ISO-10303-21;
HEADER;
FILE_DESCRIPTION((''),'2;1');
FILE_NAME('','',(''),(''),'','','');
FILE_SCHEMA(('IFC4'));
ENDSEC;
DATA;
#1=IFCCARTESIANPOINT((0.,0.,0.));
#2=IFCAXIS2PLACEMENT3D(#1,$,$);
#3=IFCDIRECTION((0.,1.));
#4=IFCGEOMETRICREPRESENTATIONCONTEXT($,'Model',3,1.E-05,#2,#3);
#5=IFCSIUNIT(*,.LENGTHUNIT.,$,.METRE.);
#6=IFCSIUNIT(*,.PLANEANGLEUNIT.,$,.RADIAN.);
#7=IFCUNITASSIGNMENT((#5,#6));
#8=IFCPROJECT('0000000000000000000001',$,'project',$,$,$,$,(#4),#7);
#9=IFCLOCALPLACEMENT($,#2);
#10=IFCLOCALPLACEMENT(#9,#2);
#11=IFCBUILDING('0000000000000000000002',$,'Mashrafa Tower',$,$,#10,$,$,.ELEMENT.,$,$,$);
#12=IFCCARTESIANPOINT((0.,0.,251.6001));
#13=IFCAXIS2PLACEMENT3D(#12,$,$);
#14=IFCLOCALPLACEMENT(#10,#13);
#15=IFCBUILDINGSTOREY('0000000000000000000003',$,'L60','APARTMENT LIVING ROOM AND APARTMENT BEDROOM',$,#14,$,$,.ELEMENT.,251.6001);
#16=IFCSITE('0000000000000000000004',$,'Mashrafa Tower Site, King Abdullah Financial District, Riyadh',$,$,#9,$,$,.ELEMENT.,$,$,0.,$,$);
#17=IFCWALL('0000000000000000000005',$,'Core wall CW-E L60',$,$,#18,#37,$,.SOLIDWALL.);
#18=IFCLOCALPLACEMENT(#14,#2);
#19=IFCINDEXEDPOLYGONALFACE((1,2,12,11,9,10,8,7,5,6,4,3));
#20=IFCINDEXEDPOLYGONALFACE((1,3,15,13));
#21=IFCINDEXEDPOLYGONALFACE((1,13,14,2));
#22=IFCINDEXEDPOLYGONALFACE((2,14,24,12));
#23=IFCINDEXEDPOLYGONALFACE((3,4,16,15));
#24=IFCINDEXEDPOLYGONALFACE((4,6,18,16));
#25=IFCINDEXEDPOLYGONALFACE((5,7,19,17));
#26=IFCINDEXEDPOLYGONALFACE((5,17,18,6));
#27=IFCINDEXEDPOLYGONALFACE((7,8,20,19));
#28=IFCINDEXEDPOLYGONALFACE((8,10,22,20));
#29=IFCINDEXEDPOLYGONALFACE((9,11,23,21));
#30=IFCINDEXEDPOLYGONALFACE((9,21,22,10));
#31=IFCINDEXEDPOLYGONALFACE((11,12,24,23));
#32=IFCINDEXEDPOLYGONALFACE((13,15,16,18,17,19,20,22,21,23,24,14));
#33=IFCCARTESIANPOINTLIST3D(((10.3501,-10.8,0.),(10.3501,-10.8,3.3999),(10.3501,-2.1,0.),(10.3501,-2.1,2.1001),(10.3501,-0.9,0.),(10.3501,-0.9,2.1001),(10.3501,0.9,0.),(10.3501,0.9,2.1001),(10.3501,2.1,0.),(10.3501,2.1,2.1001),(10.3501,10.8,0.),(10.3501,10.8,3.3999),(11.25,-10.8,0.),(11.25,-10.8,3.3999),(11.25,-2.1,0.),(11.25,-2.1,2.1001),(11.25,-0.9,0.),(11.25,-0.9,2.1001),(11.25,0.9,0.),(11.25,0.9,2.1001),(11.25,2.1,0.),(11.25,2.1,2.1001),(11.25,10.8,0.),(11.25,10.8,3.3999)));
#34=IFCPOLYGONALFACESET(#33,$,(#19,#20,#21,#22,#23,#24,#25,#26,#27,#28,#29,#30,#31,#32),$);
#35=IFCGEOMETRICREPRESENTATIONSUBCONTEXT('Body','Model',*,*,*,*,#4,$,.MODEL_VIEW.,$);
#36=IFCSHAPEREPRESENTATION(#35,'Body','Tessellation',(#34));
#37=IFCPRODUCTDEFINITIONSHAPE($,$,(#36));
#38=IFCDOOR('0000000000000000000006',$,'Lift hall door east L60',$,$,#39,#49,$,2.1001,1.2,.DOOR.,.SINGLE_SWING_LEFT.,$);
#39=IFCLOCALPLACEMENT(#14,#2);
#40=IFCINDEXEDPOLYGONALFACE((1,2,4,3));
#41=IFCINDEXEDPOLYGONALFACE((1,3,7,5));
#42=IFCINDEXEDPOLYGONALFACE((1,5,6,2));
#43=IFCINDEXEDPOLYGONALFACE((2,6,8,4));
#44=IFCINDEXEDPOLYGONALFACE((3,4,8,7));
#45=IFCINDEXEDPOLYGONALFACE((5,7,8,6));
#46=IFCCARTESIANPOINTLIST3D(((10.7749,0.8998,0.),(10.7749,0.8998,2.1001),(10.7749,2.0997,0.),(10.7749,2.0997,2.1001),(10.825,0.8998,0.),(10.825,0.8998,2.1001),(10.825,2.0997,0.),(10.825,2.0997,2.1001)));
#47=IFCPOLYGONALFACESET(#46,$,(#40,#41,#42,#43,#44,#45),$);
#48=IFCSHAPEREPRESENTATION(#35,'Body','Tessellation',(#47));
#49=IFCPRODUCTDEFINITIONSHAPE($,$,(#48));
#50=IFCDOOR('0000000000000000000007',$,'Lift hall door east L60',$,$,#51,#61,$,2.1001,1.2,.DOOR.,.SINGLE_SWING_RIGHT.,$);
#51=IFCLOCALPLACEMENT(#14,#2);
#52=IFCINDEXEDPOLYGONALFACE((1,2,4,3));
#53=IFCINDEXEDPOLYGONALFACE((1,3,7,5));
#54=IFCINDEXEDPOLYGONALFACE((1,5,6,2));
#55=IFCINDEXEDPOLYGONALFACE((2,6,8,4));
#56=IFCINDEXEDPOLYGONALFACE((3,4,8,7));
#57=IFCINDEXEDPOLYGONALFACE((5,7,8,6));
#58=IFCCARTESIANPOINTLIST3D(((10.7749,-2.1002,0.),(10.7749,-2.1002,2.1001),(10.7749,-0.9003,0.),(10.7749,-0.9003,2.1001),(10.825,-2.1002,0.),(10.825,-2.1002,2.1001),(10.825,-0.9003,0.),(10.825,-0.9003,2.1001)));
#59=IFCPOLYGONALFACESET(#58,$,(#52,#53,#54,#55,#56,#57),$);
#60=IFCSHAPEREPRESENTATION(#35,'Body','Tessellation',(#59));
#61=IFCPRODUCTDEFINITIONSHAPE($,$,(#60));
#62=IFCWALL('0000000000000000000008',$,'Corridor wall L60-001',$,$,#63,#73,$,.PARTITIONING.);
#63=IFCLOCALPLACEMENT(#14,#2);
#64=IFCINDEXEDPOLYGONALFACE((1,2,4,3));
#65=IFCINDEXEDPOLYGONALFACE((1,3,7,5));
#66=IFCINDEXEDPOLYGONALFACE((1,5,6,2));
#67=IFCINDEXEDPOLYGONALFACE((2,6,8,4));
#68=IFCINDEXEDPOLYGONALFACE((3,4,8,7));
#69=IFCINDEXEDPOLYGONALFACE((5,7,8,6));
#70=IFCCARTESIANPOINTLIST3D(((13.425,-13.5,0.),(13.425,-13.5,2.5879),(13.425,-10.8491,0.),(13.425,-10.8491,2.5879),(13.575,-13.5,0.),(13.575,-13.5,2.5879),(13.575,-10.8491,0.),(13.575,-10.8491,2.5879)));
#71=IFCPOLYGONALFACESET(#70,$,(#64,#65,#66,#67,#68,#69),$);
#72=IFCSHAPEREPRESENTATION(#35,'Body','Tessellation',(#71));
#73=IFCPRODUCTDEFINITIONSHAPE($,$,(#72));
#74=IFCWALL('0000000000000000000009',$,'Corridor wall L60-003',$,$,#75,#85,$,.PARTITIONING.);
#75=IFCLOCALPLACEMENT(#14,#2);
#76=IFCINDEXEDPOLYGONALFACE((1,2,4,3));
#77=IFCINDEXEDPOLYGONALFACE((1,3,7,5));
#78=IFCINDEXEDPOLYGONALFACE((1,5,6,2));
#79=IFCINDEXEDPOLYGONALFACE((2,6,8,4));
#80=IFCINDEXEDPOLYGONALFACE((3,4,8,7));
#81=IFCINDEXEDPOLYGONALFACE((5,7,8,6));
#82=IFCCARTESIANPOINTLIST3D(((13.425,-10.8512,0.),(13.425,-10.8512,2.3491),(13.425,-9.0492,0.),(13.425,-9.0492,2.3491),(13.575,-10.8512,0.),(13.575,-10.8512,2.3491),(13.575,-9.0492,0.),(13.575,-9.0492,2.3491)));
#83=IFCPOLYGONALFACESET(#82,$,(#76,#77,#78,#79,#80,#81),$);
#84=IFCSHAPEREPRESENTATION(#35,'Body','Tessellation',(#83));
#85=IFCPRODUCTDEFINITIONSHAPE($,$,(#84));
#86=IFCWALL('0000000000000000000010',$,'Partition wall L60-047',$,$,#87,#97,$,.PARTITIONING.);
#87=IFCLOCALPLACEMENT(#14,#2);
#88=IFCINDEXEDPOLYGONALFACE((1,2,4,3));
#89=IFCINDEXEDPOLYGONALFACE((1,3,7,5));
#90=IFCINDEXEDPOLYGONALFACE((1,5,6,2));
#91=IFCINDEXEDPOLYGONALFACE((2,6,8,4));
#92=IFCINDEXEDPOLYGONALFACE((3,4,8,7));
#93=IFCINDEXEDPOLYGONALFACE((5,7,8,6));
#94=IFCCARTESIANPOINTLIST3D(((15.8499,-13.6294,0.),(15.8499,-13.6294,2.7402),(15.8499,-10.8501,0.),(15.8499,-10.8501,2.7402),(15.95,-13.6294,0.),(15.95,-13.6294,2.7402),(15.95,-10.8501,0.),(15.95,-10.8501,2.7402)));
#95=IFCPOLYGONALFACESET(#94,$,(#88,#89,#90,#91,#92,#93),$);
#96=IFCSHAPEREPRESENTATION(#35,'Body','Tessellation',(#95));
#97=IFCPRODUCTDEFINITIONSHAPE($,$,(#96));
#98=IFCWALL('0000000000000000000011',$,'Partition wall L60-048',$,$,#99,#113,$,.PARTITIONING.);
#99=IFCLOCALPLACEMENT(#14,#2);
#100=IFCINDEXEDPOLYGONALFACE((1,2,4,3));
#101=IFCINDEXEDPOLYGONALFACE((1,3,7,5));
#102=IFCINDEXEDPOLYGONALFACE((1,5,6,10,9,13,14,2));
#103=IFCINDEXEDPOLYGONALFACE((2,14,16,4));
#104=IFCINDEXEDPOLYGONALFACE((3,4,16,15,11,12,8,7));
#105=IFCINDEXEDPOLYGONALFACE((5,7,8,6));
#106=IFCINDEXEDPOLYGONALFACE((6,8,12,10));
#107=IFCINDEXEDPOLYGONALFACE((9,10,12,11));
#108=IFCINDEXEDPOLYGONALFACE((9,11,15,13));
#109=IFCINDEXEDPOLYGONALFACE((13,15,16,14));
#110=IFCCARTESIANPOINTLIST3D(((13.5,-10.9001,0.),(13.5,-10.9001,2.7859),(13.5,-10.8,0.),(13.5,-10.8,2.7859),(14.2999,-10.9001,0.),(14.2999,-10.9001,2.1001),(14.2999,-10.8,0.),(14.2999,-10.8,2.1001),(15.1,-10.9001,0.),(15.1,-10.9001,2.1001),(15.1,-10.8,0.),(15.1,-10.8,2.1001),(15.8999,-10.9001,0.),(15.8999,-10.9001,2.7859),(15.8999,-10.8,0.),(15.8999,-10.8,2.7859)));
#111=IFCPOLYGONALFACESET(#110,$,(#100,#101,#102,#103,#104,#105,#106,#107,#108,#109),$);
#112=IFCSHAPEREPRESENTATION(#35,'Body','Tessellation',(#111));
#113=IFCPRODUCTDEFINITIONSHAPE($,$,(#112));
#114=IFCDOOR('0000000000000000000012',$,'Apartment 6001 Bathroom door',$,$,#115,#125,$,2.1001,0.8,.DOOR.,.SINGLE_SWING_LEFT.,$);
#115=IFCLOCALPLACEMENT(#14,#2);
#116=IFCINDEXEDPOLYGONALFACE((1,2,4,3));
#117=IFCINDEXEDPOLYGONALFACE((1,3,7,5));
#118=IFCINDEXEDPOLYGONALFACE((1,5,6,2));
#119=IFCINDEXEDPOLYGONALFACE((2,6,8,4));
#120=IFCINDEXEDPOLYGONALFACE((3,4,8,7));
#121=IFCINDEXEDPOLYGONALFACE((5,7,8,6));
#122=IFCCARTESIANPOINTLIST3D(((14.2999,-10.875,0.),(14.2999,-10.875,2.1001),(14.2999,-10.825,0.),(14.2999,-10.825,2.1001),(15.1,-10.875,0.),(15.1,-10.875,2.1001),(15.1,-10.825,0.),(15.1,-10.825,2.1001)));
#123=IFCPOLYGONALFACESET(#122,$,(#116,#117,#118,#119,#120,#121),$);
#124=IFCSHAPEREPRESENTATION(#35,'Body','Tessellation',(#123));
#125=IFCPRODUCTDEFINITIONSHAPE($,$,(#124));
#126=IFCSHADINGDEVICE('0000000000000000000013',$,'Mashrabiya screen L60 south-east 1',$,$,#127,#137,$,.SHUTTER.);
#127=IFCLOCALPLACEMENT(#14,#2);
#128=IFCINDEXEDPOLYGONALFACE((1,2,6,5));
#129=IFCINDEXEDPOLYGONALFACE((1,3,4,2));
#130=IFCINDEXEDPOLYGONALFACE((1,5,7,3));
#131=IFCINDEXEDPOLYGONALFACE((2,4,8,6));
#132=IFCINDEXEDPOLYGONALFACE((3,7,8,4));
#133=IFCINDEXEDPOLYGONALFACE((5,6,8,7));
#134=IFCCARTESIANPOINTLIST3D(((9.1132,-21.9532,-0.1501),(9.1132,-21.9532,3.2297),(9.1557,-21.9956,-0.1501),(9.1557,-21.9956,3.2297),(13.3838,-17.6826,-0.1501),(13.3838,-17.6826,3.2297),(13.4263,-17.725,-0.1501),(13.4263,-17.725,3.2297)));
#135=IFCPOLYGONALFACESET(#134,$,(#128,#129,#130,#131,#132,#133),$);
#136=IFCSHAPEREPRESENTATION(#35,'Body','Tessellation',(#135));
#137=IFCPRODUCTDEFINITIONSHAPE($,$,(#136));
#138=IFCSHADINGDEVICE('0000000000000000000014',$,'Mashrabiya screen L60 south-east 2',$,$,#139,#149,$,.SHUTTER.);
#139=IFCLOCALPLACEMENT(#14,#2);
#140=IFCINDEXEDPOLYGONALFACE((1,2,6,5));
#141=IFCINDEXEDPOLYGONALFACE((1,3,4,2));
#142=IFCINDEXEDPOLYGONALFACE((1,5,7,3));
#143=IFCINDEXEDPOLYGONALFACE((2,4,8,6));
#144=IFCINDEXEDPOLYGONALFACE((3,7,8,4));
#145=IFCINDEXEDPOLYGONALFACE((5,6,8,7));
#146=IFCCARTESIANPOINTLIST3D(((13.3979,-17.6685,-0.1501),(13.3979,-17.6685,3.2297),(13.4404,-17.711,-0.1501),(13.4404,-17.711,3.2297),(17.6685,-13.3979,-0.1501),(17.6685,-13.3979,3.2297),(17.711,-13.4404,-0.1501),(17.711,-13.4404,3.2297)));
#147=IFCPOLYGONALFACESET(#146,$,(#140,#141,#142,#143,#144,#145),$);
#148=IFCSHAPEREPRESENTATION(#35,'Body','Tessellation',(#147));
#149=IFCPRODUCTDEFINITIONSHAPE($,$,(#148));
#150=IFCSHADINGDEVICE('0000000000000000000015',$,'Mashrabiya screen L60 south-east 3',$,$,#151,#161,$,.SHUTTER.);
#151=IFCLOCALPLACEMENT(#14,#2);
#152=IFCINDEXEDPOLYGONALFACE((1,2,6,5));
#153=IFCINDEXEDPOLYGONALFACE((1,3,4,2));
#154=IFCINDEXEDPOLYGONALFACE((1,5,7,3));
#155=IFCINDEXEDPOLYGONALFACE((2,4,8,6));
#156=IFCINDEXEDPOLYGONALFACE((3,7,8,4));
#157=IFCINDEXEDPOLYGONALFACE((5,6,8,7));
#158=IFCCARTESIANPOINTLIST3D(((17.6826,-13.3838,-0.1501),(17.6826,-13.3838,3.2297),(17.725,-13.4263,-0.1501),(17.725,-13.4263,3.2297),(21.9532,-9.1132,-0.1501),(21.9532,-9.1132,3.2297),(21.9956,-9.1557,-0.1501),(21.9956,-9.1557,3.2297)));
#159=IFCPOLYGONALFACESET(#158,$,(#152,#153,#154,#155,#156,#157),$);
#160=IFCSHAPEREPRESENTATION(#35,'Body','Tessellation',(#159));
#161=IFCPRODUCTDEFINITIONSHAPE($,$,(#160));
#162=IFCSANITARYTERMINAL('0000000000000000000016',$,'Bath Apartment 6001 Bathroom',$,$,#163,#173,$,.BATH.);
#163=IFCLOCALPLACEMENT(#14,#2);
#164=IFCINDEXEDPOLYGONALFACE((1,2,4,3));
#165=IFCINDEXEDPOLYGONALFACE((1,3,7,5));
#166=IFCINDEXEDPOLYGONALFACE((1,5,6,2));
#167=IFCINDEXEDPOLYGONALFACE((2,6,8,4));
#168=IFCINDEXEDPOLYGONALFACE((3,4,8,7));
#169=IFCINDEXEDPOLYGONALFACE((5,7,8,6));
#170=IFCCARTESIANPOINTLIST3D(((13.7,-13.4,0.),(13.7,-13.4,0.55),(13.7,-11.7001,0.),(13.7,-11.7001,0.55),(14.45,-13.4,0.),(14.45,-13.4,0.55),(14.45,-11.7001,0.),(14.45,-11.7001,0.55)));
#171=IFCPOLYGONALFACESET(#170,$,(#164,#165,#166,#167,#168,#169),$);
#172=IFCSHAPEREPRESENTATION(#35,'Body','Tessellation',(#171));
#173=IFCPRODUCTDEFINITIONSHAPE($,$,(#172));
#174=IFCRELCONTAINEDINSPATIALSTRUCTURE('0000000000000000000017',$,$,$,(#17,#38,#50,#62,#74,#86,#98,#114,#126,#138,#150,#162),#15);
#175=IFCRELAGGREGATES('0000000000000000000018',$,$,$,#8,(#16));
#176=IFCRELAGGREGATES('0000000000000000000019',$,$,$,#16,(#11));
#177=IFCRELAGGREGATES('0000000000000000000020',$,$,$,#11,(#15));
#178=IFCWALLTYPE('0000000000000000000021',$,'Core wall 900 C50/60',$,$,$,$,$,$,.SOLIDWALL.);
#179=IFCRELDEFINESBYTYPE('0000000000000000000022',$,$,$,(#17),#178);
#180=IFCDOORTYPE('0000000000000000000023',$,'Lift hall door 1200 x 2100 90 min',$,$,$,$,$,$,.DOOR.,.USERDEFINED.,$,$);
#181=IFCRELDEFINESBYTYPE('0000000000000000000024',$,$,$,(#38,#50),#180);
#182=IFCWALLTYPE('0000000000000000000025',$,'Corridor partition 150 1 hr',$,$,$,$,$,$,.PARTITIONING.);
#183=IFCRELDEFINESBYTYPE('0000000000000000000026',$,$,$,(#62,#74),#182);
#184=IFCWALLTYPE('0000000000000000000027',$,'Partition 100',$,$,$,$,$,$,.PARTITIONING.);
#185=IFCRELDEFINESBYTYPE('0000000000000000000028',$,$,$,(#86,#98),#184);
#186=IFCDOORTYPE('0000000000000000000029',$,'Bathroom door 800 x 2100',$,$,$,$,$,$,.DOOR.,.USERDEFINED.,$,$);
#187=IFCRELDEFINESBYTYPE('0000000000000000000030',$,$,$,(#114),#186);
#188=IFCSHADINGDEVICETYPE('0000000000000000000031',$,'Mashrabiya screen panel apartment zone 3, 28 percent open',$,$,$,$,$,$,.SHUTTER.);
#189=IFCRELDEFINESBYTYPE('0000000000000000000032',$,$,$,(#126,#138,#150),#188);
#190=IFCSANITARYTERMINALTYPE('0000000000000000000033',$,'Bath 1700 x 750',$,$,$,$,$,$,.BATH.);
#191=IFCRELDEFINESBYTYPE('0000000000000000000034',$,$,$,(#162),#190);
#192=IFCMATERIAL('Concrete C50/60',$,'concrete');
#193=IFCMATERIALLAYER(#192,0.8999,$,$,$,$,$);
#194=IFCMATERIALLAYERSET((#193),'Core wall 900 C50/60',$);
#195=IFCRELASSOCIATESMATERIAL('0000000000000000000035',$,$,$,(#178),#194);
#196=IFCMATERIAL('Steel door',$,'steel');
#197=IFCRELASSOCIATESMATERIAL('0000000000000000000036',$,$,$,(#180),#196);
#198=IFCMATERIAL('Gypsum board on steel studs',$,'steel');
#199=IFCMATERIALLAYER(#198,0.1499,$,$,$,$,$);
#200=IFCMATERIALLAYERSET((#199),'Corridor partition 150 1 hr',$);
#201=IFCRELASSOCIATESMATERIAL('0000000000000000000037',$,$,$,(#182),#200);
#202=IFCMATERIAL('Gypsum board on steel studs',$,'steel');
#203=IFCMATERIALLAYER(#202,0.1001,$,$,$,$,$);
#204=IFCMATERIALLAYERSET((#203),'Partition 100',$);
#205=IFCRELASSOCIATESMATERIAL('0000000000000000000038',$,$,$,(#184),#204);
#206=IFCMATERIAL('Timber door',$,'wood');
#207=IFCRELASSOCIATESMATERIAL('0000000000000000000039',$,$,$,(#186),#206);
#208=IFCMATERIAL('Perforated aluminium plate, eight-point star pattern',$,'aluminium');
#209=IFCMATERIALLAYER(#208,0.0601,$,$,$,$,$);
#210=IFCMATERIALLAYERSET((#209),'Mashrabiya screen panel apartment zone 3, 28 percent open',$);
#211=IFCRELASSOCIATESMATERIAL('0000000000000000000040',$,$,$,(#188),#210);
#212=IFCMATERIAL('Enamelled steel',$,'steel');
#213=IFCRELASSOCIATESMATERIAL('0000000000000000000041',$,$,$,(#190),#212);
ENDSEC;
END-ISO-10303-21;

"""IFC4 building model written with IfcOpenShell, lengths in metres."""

from ifc_helpers import new_model, si_unit, direction, frame, frame_2d, origin, origin_2d, place, context, subcontext, project, spatial, rectangle, extrude, source, transform, mapped, material, layer, layer_set, type_object, type_shapes, element, fill, save


model = new_model("IFC4")

# Units and contexts
model_context = context("Model", 3, precision=1e-05, world=origin(), true_north=direction((0.0, 1.0)))
body_context = subcontext(model_context, "Body", "Model", "MODEL_VIEW")
ifc_project = project(units=[si_unit("LENGTHUNIT", "METRE"), si_unit("PLANEANGLEUNIT", "RADIAN")], contexts=[model_context])

# Site, building, storey
site_placement = place(None, origin())
site = spatial("IfcSite", under=ifc_project, at=site_placement, Name="Mashrafa Tower Site, King Abdullah Financial District, Riyadh", CompositionType="ELEMENT", RefElevation=0.0)
building_placement = place(site_placement, origin())
building = spatial("IfcBuilding", under=site, at=building_placement, Name="Mashrafa Tower", CompositionType="ELEMENT")
storey_placement = place(building_placement, frame((0.0, 0.0, 251.6001)))
storey = spatial("IfcBuildingStorey", under=building, at=storey_placement, Name="L60", Description="APARTMENT LIVING ROOM AND APARTMENT BEDROOM", CompositionType="ELEMENT", Elevation=251.6001)

# Wall, openings, doors
ifc_material_1 = material(Name="Concrete C50/60", Category="concrete")
ifc_layer_1 = layer(ifc_material_1, 0.8999)
ifc_layer_set_1 = layer_set([ifc_layer_1], Name="Core wall 900 C50/60")
wall_type_1 = type_object("IfcWallType", Name="Core wall 900 C50/60", PredefinedType="SOLIDWALL", material=ifc_layer_set_1)
wall_1_placement = place(storey_placement, frame((10.8, -10.8, 0.0), z_axis=(0.0, 0.0, 1.0), x_axis=(0.0, 1.0, 0.0)))
wall_1 = element("IfcWall", 1, at=wall_1_placement, inside=storey, type_object=wall_type_1, Name="Core wall CW-E L60", PredefinedType="SOLIDWALL", context=body_context, shape_type="SweptSolid", body=[
    extrude(rectangle(XDim=21.6001, YDim=0.8999, at=frame_2d((10.8, 0.0))), origin(), (0.0, 0.0, 1.0), 3.3999),
])
opening_1_placement = place(wall_1_placement, frame((11.7, 0.0, 0.0)))
opening_1 = element("IfcOpeningElement", 2, at=opening_1_placement, cuts=wall_1, PredefinedType="OPENING", context=body_context, shape_type="SweptSolid", body=[
    extrude(rectangle(XDim=1.2, YDim=2.1001, at=frame_2d((0.6001, 1.05))), frame((0.0, 0.46, 0.0), z_axis=(0.0, -1.0, 0.0), x_axis=(1.0, 0.0, 0.0)), (0.0, 0.0, 1.0), 0.9199),
])
opening_2_placement = place(wall_1_placement, frame((8.7, 0.0, 0.0)))
opening_2 = element("IfcOpeningElement", 3, at=opening_2_placement, cuts=wall_1, PredefinedType="OPENING", context=body_context, shape_type="SweptSolid", body=[
    extrude(rectangle(XDim=1.2, YDim=2.1001, at=frame_2d((0.6001, 1.05))), frame((0.0, 0.46, 0.0), z_axis=(0.0, -1.0, 0.0), x_axis=(1.0, 0.0, 0.0)), (0.0, 0.0, 1.0), 0.9199),
])
ifc_material_2 = material(Name="Steel door", Category="steel")
door_type_1 = type_object("IfcDoorType", Name="Lift hall door 1200 x 2100 90 min", OperationType="USERDEFINED", PredefinedType="DOOR", material=ifc_material_2)
door_1_placement = place(opening_1_placement, frame((1.2, 0.0, 0.0), z_axis=(0.0, 0.0, 1.0), x_axis=(-1.0, 0.0, 0.0)))
door_1 = element("IfcDoor", 4, at=door_1_placement, inside=storey, type_object=door_type_1, Name="Lift hall door east L60", OperationType="SINGLE_SWING_LEFT", OverallHeight=2.1001, OverallWidth=1.2, PredefinedType="DOOR", context=body_context, shape_type="SweptSolid", body=[
    extrude(rectangle(XDim=1.2, YDim=2.1001, at=frame_2d((0.6001, 1.05))), frame((0.0, 0.0249, 0.0), z_axis=(0.0, -1.0, 0.0), x_axis=(1.0, 0.0, 0.0)), (0.0, 0.0, 1.0), 0.05),
])
fill(opening_1, door_1)
door_2_placement = place(opening_2_placement, frame((1.2, 0.0, 0.0), z_axis=(0.0, 0.0, 1.0), x_axis=(-1.0, 0.0, 0.0)))
door_2 = element("IfcDoor", 5, at=door_2_placement, inside=storey, type_object=door_type_1, Name="Lift hall door east L60", OperationType="SINGLE_SWING_RIGHT", OverallHeight=2.1001, OverallWidth=1.2, PredefinedType="DOOR", context=body_context, shape_type="SweptSolid", body=[
    extrude(rectangle(XDim=1.2, YDim=2.1001, at=frame_2d((0.6001, 1.05))), frame((0.0, 0.0249, 0.0), z_axis=(0.0, -1.0, 0.0), x_axis=(1.0, 0.0, 0.0)), (0.0, 0.0, 1.0), 0.05),
])
fill(opening_2, door_2)

# Walls
ifc_material_3 = material(Name="Gypsum board on steel studs", Category="steel")
ifc_layer_2 = layer(ifc_material_3, 0.1499)
ifc_layer_set_2 = layer_set([ifc_layer_2], Name="Corridor partition 150 1 hr")
wall_type_2 = type_object("IfcWallType", Name="Corridor partition 150 1 hr", PredefinedType="PARTITIONING", material=ifc_layer_set_2)
wall_2_placement = place(storey_placement, frame((13.5, -13.5, 0.0), z_axis=(0.0, 0.0, 1.0), x_axis=(0.0, 1.0, 0.0)))
element("IfcWall", 6, at=wall_2_placement, inside=storey, type_object=wall_type_2, Name="Corridor wall L60-001", PredefinedType="PARTITIONING", context=body_context, shape_type="SweptSolid", body=[
    extrude(rectangle(XDim=2.6509, YDim=0.1499, at=frame_2d((1.3254, 0.0))), origin(), (0.0, 0.0, 1.0), 2.5879),
])
wall_3_placement = place(storey_placement, frame((13.5, -10.8511, 0.0), z_axis=(0.0, 0.0, 1.0), x_axis=(0.0, 1.0, 0.0)))
element("IfcWall", 7, at=wall_3_placement, inside=storey, type_object=wall_type_2, Name="Corridor wall L60-003", PredefinedType="PARTITIONING", context=body_context, shape_type="SweptSolid", body=[
    extrude(rectangle(XDim=1.802, YDim=0.1499, at=frame_2d((0.9009, 0.0))), origin(), (0.0, 0.0, 1.0), 2.3491),
])
ifc_material_4 = material(Name="Gypsum board on steel studs", Category="steel")
ifc_layer_3 = layer(ifc_material_4, 0.1001)
ifc_layer_set_3 = layer_set([ifc_layer_3], Name="Partition 100")
wall_type_3 = type_object("IfcWallType", Name="Partition 100", PredefinedType="PARTITIONING", material=ifc_layer_set_3)
wall_4_placement = place(storey_placement, frame((15.8999, -13.6294, 0.0), z_axis=(0.0, 0.0, 1.0), x_axis=(0.0, 1.0, 0.0)))
element("IfcWall", 8, at=wall_4_placement, inside=storey, type_object=wall_type_3, Name="Partition wall L60-047", PredefinedType="PARTITIONING", context=body_context, shape_type="SweptSolid", body=[
    extrude(rectangle(XDim=2.7793, YDim=0.1001, at=frame_2d((1.3896, 0.0))), origin(), (0.0, 0.0, 1.0), 2.7402),
])

# Wall, opening, door
wall_5_placement = place(storey_placement, frame((15.8999, -10.8501, 0.0), z_axis=(0.0, 0.0, 1.0), x_axis=(-1.0, 0.0, 0.0)))
wall_5 = element("IfcWall", 9, at=wall_5_placement, inside=storey, type_object=wall_type_3, Name="Partition wall L60-048", PredefinedType="PARTITIONING", context=body_context, shape_type="SweptSolid", body=[
    extrude(rectangle(XDim=2.3999, YDim=0.1001, at=frame_2d((1.2, 0.0))), origin(), (0.0, 0.0, 1.0), 2.7859),
])
opening_3_placement = place(wall_5_placement, frame((0.8, 0.0, 0.0)))
opening_3 = element("IfcOpeningElement", 10, at=opening_3_placement, cuts=wall_5, PredefinedType="OPENING", context=body_context, shape_type="SweptSolid", body=[
    extrude(rectangle(XDim=0.8, YDim=2.1001, at=frame_2d((0.3999, 1.05))), frame((0.0, 0.0601, 0.0), z_axis=(0.0, -1.0, 0.0), x_axis=(1.0, 0.0, 0.0)), (0.0, 0.0, 1.0), 0.1201),
])
ifc_material_5 = material(Name="Timber door", Category="wood")
door_type_2 = type_object("IfcDoorType", Name="Bathroom door 800 x 2100", OperationType="USERDEFINED", PredefinedType="DOOR", material=ifc_material_5)
door_3_placement = place(opening_3_placement, origin())
door_3 = element("IfcDoor", 11, at=door_3_placement, inside=storey, type_object=door_type_2, Name="Apartment 6001 Bathroom door", OperationType="SINGLE_SWING_LEFT", OverallHeight=2.1001, OverallWidth=0.8, PredefinedType="DOOR", context=body_context, shape_type="SweptSolid", body=[
    extrude(rectangle(XDim=0.8, YDim=2.1001, at=frame_2d((0.3999, 1.05))), frame((0.0, 0.0249, 0.0), z_axis=(0.0, -1.0, 0.0), x_axis=(1.0, 0.0, 0.0)), (0.0, 0.0, 1.0), 0.05),
])
fill(opening_3, door_3)

# Shading devices
ifc_material_6 = material(Name="Perforated aluminium plate, eight-point star pattern", Category="aluminium")
ifc_layer_4 = layer(ifc_material_6, 0.0601)
ifc_layer_set_4 = layer_set([ifc_layer_4], Name="Mashrabiya screen panel apartment zone 3, 28 percent open")
shading_device_type = type_object("IfcShadingDeviceType", Name="Mashrabiya screen panel apartment zone 3, 28 percent open", PredefinedType="SHUTTER", material=ifc_layer_set_4)
shared_shape_1 = source(origin(), body_context, "Body", "SweptSolid", [
    extrude(rectangle(XDim=6.0396, YDim=0.0601, at=origin_2d()), origin(), (0.0, 0.0, 1.0), 3.3799),
])
type_shapes(shading_device_type, [shared_shape_1])
for number, where, z_axis, x_axis, name in (
    (12, (11.2698, -19.8391, -0.1501), (0.0, 0.0, 1.0), (0.707107, 0.707107, 0.0), "Mashrabiya screen L60 south-east 1"),
    (13, (15.5544, -15.5544, -0.1501), (0.0, 0.0, 1.0), (0.707107, 0.707107, 0.0), "Mashrabiya screen L60 south-east 2"),
    (14, (19.8391, -11.2698, -0.1501), (0.0, 0.0, 1.0), (0.707107, 0.707107, 0.0), "Mashrabiya screen L60 south-east 3"),
):
    element("IfcShadingDevice", number, at=place(storey_placement, frame(where, z_axis=z_axis, x_axis=x_axis)), inside=storey, type_object=shading_device_type, Name=name, PredefinedType="SHUTTER", context=body_context, shape_type="MappedRepresentation", body=[
        mapped(shared_shape_1, transform((0.0, 0.0, 0.0))),
    ])

# Sanitary terminal
ifc_material_7 = material(Name="Enamelled steel", Category="steel")
sanitary_terminal_type_1 = type_object("IfcSanitaryTerminalType", Name="Bath 1700 x 750", PredefinedType="BATH", material=ifc_material_7)
sanitary_terminal_1_placement = place(storey_placement, frame((14.075, -12.55, 0.0), z_axis=(0.0, 0.0, 1.0), x_axis=(0.0, -1.0, 0.0)))
element("IfcSanitaryTerminal", 15, at=sanitary_terminal_1_placement, inside=storey, type_object=sanitary_terminal_type_1, Name="Bath Apartment 6001 Bathroom", PredefinedType="BATH", context=body_context, shape_type="SweptSolid", body=[
    extrude(rectangle(XDim=1.7, YDim=0.75, at=origin_2d()), origin(), (0.0, 0.0, 1.0), 0.55),
])

save(model, "model.ifc")
